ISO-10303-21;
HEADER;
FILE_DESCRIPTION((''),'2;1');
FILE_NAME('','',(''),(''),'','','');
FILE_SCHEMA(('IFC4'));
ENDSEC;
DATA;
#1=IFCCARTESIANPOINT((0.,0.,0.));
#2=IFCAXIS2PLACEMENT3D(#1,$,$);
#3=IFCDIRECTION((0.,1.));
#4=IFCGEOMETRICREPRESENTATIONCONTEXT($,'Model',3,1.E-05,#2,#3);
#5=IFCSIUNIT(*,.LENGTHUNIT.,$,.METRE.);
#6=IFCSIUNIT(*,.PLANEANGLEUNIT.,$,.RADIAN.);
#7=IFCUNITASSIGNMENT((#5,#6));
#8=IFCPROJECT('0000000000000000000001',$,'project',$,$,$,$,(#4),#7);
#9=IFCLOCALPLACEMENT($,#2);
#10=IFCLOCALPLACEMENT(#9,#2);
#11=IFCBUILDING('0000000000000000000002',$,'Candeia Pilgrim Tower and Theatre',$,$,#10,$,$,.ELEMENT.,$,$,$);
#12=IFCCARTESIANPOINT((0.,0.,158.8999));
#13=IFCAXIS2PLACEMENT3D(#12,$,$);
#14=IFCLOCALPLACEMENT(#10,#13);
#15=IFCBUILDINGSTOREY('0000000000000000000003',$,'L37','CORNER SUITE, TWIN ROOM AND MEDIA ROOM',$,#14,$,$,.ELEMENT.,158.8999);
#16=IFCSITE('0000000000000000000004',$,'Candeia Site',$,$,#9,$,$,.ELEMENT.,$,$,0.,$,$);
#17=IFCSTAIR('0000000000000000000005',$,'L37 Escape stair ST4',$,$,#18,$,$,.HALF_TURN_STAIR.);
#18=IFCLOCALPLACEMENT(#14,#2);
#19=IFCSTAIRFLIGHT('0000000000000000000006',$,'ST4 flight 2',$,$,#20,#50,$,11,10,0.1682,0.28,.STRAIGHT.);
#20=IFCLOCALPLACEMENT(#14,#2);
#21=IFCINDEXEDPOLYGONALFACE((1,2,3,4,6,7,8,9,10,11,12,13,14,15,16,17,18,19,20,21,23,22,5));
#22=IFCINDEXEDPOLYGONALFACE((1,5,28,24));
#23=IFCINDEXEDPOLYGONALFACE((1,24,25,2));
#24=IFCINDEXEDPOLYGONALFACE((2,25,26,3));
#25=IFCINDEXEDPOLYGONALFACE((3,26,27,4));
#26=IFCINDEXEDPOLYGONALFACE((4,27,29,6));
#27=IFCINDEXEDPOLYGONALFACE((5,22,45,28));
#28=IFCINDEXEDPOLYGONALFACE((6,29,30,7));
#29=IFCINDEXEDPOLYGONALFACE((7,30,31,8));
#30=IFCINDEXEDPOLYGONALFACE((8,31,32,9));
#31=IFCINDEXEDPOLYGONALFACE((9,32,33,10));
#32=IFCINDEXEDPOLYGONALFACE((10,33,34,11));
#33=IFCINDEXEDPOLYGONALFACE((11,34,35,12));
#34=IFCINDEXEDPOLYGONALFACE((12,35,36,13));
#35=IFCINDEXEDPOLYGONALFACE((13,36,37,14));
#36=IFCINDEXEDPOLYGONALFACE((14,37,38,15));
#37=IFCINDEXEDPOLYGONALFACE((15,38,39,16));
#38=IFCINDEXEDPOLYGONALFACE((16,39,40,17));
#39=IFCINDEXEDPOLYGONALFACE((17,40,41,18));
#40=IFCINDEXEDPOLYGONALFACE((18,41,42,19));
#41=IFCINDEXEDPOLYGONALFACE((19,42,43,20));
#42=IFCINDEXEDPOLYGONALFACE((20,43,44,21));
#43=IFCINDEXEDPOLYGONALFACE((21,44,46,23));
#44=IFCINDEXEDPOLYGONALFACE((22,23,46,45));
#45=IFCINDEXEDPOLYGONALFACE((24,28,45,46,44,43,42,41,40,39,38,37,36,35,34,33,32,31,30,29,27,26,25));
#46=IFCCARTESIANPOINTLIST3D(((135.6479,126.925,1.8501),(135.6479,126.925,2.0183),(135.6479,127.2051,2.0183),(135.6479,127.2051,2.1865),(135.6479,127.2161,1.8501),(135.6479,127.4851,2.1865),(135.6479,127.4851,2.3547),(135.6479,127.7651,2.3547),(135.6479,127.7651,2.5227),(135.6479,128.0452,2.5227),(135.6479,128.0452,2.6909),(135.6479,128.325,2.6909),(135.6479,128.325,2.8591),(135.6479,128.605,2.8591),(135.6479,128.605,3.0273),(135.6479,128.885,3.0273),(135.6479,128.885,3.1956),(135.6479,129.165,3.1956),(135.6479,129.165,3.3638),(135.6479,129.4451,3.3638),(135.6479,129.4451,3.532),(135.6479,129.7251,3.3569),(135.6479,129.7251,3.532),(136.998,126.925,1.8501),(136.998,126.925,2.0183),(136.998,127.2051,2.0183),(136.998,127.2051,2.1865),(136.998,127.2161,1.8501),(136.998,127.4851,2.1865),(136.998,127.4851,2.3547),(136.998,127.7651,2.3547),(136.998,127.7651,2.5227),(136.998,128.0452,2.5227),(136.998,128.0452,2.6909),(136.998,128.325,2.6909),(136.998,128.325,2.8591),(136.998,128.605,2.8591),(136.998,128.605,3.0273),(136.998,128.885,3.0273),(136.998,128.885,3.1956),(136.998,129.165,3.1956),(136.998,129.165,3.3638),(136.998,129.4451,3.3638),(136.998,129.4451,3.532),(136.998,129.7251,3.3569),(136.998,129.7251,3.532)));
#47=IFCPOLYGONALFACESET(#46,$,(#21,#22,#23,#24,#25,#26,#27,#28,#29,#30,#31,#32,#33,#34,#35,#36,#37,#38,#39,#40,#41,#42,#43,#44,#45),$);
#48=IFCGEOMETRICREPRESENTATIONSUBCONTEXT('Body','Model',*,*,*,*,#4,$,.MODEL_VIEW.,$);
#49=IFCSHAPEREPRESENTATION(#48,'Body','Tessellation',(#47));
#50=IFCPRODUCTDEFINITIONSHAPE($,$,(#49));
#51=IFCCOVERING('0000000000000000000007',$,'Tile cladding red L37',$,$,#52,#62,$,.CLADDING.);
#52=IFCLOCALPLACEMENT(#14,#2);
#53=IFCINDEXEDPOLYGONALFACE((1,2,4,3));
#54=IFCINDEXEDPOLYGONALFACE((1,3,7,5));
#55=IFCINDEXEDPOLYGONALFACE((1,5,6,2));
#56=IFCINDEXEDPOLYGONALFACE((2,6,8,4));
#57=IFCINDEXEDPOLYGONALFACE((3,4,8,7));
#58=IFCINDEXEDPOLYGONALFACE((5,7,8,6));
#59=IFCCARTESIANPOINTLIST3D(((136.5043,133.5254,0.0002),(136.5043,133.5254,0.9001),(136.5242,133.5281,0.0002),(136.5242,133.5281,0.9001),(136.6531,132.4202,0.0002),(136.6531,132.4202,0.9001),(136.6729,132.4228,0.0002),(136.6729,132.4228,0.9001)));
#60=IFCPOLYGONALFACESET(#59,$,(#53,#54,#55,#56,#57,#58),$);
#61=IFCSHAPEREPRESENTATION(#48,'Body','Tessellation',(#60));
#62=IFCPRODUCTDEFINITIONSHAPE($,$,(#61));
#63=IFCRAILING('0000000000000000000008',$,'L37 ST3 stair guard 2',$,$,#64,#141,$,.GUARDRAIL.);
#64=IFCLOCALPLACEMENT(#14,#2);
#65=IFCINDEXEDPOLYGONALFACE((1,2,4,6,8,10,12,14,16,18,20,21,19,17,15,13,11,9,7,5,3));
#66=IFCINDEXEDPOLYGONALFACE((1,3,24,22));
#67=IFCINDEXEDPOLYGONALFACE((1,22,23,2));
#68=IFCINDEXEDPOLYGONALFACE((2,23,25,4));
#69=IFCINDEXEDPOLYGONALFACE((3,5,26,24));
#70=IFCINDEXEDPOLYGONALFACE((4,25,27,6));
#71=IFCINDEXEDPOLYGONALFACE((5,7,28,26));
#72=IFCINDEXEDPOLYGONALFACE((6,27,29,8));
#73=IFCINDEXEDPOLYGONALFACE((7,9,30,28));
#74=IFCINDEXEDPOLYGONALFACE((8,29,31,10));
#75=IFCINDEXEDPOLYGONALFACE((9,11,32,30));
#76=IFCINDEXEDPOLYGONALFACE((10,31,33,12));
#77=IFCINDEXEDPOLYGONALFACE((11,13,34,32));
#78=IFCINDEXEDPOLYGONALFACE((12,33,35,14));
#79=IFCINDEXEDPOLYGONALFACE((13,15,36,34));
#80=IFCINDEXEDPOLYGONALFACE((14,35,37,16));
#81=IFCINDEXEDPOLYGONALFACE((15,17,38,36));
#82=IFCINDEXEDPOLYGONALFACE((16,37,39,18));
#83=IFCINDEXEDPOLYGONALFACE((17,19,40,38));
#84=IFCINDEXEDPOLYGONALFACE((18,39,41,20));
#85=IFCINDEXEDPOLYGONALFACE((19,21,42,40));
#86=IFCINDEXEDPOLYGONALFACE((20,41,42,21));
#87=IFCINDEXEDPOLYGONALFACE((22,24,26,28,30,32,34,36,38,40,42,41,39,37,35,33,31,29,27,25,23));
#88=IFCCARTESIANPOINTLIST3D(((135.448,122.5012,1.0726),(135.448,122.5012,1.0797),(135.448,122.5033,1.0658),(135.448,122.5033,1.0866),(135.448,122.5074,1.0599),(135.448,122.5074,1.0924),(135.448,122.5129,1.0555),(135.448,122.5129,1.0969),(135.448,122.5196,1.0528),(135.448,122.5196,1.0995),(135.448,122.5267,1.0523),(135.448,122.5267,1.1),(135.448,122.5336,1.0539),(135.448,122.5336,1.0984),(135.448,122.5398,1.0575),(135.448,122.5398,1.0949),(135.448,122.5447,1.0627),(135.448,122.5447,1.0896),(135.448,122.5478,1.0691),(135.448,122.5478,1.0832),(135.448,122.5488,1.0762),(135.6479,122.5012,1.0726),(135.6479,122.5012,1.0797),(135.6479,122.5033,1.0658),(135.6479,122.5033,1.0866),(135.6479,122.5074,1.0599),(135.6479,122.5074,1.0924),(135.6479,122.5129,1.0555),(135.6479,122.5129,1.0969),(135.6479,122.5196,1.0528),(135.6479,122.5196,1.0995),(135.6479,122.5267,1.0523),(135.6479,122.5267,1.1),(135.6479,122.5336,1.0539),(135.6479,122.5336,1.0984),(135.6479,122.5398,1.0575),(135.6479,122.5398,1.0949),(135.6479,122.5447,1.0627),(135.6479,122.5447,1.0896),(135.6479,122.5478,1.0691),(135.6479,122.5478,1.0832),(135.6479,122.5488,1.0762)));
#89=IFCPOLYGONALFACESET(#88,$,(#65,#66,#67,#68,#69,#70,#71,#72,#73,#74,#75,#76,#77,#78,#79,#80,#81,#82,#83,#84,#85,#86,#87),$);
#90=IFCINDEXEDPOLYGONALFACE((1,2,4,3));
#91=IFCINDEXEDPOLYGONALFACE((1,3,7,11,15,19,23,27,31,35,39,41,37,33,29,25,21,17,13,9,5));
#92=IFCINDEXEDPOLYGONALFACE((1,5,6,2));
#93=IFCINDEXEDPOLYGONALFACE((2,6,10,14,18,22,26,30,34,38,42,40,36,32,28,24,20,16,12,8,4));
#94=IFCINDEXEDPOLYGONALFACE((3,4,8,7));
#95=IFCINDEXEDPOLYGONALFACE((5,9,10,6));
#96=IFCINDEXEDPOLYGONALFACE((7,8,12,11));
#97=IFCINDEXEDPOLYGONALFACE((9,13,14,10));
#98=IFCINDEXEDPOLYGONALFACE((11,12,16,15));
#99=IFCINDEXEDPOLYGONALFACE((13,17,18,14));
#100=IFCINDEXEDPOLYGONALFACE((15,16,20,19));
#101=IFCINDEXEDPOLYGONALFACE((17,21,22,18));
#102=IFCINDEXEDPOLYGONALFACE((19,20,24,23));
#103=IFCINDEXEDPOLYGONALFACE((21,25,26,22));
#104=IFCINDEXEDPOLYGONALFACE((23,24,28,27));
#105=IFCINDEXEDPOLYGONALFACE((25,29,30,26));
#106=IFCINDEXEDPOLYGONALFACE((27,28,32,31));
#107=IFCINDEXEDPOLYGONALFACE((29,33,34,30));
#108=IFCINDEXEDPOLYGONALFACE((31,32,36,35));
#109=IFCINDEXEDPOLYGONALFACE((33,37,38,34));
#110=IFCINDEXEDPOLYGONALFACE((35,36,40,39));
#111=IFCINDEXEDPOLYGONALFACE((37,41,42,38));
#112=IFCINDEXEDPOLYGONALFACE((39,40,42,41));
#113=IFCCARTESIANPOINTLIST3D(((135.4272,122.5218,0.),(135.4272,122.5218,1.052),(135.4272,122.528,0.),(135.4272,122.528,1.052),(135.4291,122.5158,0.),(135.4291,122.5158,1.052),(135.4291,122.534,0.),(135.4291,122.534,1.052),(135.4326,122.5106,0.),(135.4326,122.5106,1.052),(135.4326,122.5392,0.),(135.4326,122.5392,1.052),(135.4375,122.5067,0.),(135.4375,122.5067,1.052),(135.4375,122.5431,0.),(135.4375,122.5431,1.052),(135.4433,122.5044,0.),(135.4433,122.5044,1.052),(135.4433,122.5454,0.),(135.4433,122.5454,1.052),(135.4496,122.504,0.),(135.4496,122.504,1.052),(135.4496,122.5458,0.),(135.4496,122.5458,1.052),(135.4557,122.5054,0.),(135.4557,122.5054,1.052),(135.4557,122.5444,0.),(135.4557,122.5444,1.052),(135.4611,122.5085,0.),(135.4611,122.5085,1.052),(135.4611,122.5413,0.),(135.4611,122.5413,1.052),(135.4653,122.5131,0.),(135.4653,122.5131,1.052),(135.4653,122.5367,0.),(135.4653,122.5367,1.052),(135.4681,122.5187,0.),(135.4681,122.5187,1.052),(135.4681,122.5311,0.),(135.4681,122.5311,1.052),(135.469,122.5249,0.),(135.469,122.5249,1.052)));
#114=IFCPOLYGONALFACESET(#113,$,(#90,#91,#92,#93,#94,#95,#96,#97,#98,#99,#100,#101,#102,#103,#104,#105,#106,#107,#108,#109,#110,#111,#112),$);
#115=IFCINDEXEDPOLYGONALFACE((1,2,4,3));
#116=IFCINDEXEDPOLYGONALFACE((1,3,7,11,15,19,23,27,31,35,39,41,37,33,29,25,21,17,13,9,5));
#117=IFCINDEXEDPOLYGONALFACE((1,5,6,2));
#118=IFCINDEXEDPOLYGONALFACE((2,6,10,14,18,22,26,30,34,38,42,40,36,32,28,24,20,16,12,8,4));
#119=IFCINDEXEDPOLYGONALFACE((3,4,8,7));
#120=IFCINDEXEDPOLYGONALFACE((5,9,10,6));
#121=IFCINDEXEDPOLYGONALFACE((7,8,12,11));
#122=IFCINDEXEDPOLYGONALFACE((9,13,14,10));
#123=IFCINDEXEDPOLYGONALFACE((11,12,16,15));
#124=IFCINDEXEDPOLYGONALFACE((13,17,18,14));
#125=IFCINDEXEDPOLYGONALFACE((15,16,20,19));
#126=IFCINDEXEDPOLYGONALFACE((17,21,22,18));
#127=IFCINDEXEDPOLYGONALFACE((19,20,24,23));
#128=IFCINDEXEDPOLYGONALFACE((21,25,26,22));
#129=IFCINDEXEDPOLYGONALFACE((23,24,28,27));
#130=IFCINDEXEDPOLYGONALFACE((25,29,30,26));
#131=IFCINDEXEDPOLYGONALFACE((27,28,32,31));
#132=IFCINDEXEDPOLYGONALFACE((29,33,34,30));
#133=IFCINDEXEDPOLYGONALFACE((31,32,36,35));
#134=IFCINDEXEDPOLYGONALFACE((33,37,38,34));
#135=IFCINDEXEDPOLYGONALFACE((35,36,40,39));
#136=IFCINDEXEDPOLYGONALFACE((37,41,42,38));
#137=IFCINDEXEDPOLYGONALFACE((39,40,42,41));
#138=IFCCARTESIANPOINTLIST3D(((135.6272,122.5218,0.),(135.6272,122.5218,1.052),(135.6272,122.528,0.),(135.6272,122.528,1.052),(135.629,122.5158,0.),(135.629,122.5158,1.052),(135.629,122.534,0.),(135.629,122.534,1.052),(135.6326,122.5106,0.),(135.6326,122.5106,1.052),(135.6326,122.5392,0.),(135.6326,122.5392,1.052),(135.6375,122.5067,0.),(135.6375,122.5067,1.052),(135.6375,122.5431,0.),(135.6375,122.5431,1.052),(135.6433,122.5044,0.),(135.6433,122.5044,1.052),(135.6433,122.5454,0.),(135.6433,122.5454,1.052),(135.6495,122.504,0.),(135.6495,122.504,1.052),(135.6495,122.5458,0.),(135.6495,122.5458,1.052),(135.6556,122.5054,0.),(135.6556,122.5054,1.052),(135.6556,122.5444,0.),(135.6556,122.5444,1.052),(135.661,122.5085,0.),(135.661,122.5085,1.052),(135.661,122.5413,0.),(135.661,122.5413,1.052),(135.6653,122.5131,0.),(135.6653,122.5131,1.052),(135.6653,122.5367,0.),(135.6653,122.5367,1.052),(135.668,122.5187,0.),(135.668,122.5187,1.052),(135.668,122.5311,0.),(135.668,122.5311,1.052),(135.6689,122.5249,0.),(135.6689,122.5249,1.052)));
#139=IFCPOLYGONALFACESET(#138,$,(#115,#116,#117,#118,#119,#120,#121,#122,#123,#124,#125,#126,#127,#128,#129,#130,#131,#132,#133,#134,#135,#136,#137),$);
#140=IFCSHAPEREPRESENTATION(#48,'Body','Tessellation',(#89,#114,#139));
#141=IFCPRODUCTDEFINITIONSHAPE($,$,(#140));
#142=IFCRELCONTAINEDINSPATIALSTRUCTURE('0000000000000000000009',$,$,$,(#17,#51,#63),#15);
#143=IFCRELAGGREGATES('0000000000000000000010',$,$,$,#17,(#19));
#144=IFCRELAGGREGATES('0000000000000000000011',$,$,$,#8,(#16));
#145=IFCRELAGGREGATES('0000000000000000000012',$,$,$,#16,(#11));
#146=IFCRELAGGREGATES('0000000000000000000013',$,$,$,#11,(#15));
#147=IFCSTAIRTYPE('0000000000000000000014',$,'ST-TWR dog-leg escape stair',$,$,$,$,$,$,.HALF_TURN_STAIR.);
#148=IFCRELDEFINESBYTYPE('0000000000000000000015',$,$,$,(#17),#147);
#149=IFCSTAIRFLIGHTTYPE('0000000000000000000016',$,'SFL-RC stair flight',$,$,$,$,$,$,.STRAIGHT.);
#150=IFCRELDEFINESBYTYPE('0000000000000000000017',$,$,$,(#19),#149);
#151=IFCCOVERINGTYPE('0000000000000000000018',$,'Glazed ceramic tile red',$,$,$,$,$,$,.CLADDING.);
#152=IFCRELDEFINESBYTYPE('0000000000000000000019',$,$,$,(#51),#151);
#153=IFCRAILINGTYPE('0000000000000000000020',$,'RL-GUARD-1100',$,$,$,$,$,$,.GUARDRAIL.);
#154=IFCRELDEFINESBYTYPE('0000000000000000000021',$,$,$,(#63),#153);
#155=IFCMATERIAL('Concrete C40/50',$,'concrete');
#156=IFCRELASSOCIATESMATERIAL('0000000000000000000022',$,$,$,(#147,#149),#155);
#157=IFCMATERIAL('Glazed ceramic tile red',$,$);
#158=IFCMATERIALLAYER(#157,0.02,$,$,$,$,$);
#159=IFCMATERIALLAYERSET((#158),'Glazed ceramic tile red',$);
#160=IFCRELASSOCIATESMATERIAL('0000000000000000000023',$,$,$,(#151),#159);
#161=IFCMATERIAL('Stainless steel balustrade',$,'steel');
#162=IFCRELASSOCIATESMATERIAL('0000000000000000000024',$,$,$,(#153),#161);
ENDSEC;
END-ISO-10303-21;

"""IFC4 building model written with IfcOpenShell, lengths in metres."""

from ifc_helpers import new_model, si_unit, direction, frame, origin, origin_2d, place, context, subcontext, project, spatial, polyline, rectangle, circle, outline, extrude, material, layer, layer_set, type_object, element, aggregate, save


model = new_model("IFC4")

# Units and contexts
model_context = context("Model", 3, precision=1e-05, world=origin(), true_north=direction((0.0, 1.0)))
body_context = subcontext(model_context, "Body", "Model", "MODEL_VIEW")
ifc_project = project(units=[si_unit("LENGTHUNIT", "METRE"), si_unit("PLANEANGLEUNIT", "RADIAN")], contexts=[model_context])

# Site, building, storey
site_placement = place(None, origin())
site = spatial("IfcSite", under=ifc_project, at=site_placement, Name="Candeia Site", CompositionType="ELEMENT", RefElevation=0.0)
building_placement = place(site_placement, origin())
building = spatial("IfcBuilding", under=site, at=building_placement, Name="Candeia Pilgrim Tower and Theatre", CompositionType="ELEMENT")
storey_placement = place(building_placement, frame((0.0, 0.0, 158.8999)))
storey = spatial("IfcBuildingStorey", under=building, at=storey_placement, Name="L37", Description="CORNER SUITE, TWIN ROOM AND MEDIA ROOM", CompositionType="ELEMENT", Elevation=158.8999)

# Shared definitions
ifc_material_1 = material(Name="Concrete C40/50", Category="concrete")

# Stair, stair flight
stair_type = type_object("IfcStairType", Name="ST-TWR dog-leg escape stair", PredefinedType="HALF_TURN_STAIR", material=ifc_material_1)
stair_flight_type = type_object("IfcStairFlightType", Name="SFL-RC stair flight", PredefinedType="STRAIGHT", material=ifc_material_1)
stair_1_placement = place(storey_placement, origin())
stair_1 = element("IfcStair", 1, at=stair_1_placement, inside=storey, type_object=stair_type, Name="L37 Escape stair ST4", PredefinedType="HALF_TURN_STAIR")
stair_flight_1_placement = place(storey_placement, frame((136.323, 126.925, 1.8501), z_axis=(0.0, 0.0, 1.0), x_axis=(0.0, 1.0, 0.0)))
stair_flight_1 = element("IfcStairFlight", 2, at=stair_flight_1_placement, type_object=stair_flight_type, Name="ST4 flight 2", NumberOfRisers=11, NumberOfTreads=10, PredefinedType="STRAIGHT", RiserHeight=0.1682, TreadLength=0.28, context=body_context, shape_type="SweptSolid", body=[
    extrude(outline(polyline([(0.0, 0.0), (0.0, 0.1682), (0.28, 0.1682), (0.28, 0.3364), (0.5601, 0.3364), (0.5601, 0.5046), (0.8401, 0.5046), (0.8401, 0.6726), (1.1201, 0.6726), (1.1201, 0.8408), (1.3999, 0.8408), (1.3999, 1.009), (1.6799, 1.009), (1.6799, 1.1772), (1.96, 1.1772), (1.96, 1.3455), (2.24, 1.3455), (2.24, 1.5137), (2.52, 1.5137), (2.52, 1.6819), (2.8, 1.6819), (2.8, 1.8501), (2.8, 1.5068), (0.291, 0.0), (0.0, 0.0)])), frame((0.0, 0.675, 0.0), z_axis=(0.0, -1.0, 0.0), x_axis=(1.0, 0.0, 0.0)), (0.0, 0.0, 1.0), 1.3501),
])
aggregate(stair_1, [stair_flight_1])

# Covering
ifc_material_2 = material(Name="Glazed ceramic tile red")
ifc_layer_1 = layer(ifc_material_2, 0.02)
ifc_layer_set_1 = layer_set([ifc_layer_1], Name="Glazed ceramic tile red")
covering_type = type_object("IfcCoveringType", Name="Glazed ceramic tile red", PredefinedType="CLADDING", material=ifc_layer_set_1)
covering_placement = place(storey_placement, frame((136.5886, 132.9741, 0.0002), z_axis=(0.0, 0.0, 1.0), x_axis=(-0.133412, 0.991061, 0.0)))
element("IfcCovering", 3, at=covering_placement, inside=storey, type_object=covering_type, Name="Tile cladding red L37", PredefinedType="CLADDING", context=body_context, shape_type="SweptSolid", body=[
    extrude(rectangle(XDim=1.1152, YDim=0.02, at=origin_2d()), origin(), (0.0, 0.0, 1.0), 0.8999),
])

# Railing
ifc_material_3 = material(Name="Stainless steel balustrade", Category="steel")
railing_type_1 = type_object("IfcRailingType", Name="RL-GUARD-1100", PredefinedType="GUARDRAIL", material=ifc_material_3)
railing_1_placement = place(storey_placement, frame((135.448, 122.5249, 0.0)))
element("IfcRailing", 4, at=railing_1_placement, inside=storey, type_object=railing_type_1, Name="L37 ST3 stair guard 2", PredefinedType="GUARDRAIL", context=body_context, shape_type="SweptSolid", body=[
    extrude(circle(Radius=0.0239, at=origin_2d()), frame((0.0, 0.0, 1.0762), z_axis=(1.0, 0.0, 0.0), x_axis=(0.0, 1.0, 0.0)), (0.0, 0.0, 1.0), 0.2),
    extrude(circle(Radius=0.021, at=origin_2d()), origin(), (0.0, 0.0, 1.0), 1.052),
    extrude(circle(Radius=0.021, at=origin_2d()), frame((0.2, 0.0, 0.0)), (0.0, 0.0, 1.0), 1.052),
])

save(model, "model.ifc")
